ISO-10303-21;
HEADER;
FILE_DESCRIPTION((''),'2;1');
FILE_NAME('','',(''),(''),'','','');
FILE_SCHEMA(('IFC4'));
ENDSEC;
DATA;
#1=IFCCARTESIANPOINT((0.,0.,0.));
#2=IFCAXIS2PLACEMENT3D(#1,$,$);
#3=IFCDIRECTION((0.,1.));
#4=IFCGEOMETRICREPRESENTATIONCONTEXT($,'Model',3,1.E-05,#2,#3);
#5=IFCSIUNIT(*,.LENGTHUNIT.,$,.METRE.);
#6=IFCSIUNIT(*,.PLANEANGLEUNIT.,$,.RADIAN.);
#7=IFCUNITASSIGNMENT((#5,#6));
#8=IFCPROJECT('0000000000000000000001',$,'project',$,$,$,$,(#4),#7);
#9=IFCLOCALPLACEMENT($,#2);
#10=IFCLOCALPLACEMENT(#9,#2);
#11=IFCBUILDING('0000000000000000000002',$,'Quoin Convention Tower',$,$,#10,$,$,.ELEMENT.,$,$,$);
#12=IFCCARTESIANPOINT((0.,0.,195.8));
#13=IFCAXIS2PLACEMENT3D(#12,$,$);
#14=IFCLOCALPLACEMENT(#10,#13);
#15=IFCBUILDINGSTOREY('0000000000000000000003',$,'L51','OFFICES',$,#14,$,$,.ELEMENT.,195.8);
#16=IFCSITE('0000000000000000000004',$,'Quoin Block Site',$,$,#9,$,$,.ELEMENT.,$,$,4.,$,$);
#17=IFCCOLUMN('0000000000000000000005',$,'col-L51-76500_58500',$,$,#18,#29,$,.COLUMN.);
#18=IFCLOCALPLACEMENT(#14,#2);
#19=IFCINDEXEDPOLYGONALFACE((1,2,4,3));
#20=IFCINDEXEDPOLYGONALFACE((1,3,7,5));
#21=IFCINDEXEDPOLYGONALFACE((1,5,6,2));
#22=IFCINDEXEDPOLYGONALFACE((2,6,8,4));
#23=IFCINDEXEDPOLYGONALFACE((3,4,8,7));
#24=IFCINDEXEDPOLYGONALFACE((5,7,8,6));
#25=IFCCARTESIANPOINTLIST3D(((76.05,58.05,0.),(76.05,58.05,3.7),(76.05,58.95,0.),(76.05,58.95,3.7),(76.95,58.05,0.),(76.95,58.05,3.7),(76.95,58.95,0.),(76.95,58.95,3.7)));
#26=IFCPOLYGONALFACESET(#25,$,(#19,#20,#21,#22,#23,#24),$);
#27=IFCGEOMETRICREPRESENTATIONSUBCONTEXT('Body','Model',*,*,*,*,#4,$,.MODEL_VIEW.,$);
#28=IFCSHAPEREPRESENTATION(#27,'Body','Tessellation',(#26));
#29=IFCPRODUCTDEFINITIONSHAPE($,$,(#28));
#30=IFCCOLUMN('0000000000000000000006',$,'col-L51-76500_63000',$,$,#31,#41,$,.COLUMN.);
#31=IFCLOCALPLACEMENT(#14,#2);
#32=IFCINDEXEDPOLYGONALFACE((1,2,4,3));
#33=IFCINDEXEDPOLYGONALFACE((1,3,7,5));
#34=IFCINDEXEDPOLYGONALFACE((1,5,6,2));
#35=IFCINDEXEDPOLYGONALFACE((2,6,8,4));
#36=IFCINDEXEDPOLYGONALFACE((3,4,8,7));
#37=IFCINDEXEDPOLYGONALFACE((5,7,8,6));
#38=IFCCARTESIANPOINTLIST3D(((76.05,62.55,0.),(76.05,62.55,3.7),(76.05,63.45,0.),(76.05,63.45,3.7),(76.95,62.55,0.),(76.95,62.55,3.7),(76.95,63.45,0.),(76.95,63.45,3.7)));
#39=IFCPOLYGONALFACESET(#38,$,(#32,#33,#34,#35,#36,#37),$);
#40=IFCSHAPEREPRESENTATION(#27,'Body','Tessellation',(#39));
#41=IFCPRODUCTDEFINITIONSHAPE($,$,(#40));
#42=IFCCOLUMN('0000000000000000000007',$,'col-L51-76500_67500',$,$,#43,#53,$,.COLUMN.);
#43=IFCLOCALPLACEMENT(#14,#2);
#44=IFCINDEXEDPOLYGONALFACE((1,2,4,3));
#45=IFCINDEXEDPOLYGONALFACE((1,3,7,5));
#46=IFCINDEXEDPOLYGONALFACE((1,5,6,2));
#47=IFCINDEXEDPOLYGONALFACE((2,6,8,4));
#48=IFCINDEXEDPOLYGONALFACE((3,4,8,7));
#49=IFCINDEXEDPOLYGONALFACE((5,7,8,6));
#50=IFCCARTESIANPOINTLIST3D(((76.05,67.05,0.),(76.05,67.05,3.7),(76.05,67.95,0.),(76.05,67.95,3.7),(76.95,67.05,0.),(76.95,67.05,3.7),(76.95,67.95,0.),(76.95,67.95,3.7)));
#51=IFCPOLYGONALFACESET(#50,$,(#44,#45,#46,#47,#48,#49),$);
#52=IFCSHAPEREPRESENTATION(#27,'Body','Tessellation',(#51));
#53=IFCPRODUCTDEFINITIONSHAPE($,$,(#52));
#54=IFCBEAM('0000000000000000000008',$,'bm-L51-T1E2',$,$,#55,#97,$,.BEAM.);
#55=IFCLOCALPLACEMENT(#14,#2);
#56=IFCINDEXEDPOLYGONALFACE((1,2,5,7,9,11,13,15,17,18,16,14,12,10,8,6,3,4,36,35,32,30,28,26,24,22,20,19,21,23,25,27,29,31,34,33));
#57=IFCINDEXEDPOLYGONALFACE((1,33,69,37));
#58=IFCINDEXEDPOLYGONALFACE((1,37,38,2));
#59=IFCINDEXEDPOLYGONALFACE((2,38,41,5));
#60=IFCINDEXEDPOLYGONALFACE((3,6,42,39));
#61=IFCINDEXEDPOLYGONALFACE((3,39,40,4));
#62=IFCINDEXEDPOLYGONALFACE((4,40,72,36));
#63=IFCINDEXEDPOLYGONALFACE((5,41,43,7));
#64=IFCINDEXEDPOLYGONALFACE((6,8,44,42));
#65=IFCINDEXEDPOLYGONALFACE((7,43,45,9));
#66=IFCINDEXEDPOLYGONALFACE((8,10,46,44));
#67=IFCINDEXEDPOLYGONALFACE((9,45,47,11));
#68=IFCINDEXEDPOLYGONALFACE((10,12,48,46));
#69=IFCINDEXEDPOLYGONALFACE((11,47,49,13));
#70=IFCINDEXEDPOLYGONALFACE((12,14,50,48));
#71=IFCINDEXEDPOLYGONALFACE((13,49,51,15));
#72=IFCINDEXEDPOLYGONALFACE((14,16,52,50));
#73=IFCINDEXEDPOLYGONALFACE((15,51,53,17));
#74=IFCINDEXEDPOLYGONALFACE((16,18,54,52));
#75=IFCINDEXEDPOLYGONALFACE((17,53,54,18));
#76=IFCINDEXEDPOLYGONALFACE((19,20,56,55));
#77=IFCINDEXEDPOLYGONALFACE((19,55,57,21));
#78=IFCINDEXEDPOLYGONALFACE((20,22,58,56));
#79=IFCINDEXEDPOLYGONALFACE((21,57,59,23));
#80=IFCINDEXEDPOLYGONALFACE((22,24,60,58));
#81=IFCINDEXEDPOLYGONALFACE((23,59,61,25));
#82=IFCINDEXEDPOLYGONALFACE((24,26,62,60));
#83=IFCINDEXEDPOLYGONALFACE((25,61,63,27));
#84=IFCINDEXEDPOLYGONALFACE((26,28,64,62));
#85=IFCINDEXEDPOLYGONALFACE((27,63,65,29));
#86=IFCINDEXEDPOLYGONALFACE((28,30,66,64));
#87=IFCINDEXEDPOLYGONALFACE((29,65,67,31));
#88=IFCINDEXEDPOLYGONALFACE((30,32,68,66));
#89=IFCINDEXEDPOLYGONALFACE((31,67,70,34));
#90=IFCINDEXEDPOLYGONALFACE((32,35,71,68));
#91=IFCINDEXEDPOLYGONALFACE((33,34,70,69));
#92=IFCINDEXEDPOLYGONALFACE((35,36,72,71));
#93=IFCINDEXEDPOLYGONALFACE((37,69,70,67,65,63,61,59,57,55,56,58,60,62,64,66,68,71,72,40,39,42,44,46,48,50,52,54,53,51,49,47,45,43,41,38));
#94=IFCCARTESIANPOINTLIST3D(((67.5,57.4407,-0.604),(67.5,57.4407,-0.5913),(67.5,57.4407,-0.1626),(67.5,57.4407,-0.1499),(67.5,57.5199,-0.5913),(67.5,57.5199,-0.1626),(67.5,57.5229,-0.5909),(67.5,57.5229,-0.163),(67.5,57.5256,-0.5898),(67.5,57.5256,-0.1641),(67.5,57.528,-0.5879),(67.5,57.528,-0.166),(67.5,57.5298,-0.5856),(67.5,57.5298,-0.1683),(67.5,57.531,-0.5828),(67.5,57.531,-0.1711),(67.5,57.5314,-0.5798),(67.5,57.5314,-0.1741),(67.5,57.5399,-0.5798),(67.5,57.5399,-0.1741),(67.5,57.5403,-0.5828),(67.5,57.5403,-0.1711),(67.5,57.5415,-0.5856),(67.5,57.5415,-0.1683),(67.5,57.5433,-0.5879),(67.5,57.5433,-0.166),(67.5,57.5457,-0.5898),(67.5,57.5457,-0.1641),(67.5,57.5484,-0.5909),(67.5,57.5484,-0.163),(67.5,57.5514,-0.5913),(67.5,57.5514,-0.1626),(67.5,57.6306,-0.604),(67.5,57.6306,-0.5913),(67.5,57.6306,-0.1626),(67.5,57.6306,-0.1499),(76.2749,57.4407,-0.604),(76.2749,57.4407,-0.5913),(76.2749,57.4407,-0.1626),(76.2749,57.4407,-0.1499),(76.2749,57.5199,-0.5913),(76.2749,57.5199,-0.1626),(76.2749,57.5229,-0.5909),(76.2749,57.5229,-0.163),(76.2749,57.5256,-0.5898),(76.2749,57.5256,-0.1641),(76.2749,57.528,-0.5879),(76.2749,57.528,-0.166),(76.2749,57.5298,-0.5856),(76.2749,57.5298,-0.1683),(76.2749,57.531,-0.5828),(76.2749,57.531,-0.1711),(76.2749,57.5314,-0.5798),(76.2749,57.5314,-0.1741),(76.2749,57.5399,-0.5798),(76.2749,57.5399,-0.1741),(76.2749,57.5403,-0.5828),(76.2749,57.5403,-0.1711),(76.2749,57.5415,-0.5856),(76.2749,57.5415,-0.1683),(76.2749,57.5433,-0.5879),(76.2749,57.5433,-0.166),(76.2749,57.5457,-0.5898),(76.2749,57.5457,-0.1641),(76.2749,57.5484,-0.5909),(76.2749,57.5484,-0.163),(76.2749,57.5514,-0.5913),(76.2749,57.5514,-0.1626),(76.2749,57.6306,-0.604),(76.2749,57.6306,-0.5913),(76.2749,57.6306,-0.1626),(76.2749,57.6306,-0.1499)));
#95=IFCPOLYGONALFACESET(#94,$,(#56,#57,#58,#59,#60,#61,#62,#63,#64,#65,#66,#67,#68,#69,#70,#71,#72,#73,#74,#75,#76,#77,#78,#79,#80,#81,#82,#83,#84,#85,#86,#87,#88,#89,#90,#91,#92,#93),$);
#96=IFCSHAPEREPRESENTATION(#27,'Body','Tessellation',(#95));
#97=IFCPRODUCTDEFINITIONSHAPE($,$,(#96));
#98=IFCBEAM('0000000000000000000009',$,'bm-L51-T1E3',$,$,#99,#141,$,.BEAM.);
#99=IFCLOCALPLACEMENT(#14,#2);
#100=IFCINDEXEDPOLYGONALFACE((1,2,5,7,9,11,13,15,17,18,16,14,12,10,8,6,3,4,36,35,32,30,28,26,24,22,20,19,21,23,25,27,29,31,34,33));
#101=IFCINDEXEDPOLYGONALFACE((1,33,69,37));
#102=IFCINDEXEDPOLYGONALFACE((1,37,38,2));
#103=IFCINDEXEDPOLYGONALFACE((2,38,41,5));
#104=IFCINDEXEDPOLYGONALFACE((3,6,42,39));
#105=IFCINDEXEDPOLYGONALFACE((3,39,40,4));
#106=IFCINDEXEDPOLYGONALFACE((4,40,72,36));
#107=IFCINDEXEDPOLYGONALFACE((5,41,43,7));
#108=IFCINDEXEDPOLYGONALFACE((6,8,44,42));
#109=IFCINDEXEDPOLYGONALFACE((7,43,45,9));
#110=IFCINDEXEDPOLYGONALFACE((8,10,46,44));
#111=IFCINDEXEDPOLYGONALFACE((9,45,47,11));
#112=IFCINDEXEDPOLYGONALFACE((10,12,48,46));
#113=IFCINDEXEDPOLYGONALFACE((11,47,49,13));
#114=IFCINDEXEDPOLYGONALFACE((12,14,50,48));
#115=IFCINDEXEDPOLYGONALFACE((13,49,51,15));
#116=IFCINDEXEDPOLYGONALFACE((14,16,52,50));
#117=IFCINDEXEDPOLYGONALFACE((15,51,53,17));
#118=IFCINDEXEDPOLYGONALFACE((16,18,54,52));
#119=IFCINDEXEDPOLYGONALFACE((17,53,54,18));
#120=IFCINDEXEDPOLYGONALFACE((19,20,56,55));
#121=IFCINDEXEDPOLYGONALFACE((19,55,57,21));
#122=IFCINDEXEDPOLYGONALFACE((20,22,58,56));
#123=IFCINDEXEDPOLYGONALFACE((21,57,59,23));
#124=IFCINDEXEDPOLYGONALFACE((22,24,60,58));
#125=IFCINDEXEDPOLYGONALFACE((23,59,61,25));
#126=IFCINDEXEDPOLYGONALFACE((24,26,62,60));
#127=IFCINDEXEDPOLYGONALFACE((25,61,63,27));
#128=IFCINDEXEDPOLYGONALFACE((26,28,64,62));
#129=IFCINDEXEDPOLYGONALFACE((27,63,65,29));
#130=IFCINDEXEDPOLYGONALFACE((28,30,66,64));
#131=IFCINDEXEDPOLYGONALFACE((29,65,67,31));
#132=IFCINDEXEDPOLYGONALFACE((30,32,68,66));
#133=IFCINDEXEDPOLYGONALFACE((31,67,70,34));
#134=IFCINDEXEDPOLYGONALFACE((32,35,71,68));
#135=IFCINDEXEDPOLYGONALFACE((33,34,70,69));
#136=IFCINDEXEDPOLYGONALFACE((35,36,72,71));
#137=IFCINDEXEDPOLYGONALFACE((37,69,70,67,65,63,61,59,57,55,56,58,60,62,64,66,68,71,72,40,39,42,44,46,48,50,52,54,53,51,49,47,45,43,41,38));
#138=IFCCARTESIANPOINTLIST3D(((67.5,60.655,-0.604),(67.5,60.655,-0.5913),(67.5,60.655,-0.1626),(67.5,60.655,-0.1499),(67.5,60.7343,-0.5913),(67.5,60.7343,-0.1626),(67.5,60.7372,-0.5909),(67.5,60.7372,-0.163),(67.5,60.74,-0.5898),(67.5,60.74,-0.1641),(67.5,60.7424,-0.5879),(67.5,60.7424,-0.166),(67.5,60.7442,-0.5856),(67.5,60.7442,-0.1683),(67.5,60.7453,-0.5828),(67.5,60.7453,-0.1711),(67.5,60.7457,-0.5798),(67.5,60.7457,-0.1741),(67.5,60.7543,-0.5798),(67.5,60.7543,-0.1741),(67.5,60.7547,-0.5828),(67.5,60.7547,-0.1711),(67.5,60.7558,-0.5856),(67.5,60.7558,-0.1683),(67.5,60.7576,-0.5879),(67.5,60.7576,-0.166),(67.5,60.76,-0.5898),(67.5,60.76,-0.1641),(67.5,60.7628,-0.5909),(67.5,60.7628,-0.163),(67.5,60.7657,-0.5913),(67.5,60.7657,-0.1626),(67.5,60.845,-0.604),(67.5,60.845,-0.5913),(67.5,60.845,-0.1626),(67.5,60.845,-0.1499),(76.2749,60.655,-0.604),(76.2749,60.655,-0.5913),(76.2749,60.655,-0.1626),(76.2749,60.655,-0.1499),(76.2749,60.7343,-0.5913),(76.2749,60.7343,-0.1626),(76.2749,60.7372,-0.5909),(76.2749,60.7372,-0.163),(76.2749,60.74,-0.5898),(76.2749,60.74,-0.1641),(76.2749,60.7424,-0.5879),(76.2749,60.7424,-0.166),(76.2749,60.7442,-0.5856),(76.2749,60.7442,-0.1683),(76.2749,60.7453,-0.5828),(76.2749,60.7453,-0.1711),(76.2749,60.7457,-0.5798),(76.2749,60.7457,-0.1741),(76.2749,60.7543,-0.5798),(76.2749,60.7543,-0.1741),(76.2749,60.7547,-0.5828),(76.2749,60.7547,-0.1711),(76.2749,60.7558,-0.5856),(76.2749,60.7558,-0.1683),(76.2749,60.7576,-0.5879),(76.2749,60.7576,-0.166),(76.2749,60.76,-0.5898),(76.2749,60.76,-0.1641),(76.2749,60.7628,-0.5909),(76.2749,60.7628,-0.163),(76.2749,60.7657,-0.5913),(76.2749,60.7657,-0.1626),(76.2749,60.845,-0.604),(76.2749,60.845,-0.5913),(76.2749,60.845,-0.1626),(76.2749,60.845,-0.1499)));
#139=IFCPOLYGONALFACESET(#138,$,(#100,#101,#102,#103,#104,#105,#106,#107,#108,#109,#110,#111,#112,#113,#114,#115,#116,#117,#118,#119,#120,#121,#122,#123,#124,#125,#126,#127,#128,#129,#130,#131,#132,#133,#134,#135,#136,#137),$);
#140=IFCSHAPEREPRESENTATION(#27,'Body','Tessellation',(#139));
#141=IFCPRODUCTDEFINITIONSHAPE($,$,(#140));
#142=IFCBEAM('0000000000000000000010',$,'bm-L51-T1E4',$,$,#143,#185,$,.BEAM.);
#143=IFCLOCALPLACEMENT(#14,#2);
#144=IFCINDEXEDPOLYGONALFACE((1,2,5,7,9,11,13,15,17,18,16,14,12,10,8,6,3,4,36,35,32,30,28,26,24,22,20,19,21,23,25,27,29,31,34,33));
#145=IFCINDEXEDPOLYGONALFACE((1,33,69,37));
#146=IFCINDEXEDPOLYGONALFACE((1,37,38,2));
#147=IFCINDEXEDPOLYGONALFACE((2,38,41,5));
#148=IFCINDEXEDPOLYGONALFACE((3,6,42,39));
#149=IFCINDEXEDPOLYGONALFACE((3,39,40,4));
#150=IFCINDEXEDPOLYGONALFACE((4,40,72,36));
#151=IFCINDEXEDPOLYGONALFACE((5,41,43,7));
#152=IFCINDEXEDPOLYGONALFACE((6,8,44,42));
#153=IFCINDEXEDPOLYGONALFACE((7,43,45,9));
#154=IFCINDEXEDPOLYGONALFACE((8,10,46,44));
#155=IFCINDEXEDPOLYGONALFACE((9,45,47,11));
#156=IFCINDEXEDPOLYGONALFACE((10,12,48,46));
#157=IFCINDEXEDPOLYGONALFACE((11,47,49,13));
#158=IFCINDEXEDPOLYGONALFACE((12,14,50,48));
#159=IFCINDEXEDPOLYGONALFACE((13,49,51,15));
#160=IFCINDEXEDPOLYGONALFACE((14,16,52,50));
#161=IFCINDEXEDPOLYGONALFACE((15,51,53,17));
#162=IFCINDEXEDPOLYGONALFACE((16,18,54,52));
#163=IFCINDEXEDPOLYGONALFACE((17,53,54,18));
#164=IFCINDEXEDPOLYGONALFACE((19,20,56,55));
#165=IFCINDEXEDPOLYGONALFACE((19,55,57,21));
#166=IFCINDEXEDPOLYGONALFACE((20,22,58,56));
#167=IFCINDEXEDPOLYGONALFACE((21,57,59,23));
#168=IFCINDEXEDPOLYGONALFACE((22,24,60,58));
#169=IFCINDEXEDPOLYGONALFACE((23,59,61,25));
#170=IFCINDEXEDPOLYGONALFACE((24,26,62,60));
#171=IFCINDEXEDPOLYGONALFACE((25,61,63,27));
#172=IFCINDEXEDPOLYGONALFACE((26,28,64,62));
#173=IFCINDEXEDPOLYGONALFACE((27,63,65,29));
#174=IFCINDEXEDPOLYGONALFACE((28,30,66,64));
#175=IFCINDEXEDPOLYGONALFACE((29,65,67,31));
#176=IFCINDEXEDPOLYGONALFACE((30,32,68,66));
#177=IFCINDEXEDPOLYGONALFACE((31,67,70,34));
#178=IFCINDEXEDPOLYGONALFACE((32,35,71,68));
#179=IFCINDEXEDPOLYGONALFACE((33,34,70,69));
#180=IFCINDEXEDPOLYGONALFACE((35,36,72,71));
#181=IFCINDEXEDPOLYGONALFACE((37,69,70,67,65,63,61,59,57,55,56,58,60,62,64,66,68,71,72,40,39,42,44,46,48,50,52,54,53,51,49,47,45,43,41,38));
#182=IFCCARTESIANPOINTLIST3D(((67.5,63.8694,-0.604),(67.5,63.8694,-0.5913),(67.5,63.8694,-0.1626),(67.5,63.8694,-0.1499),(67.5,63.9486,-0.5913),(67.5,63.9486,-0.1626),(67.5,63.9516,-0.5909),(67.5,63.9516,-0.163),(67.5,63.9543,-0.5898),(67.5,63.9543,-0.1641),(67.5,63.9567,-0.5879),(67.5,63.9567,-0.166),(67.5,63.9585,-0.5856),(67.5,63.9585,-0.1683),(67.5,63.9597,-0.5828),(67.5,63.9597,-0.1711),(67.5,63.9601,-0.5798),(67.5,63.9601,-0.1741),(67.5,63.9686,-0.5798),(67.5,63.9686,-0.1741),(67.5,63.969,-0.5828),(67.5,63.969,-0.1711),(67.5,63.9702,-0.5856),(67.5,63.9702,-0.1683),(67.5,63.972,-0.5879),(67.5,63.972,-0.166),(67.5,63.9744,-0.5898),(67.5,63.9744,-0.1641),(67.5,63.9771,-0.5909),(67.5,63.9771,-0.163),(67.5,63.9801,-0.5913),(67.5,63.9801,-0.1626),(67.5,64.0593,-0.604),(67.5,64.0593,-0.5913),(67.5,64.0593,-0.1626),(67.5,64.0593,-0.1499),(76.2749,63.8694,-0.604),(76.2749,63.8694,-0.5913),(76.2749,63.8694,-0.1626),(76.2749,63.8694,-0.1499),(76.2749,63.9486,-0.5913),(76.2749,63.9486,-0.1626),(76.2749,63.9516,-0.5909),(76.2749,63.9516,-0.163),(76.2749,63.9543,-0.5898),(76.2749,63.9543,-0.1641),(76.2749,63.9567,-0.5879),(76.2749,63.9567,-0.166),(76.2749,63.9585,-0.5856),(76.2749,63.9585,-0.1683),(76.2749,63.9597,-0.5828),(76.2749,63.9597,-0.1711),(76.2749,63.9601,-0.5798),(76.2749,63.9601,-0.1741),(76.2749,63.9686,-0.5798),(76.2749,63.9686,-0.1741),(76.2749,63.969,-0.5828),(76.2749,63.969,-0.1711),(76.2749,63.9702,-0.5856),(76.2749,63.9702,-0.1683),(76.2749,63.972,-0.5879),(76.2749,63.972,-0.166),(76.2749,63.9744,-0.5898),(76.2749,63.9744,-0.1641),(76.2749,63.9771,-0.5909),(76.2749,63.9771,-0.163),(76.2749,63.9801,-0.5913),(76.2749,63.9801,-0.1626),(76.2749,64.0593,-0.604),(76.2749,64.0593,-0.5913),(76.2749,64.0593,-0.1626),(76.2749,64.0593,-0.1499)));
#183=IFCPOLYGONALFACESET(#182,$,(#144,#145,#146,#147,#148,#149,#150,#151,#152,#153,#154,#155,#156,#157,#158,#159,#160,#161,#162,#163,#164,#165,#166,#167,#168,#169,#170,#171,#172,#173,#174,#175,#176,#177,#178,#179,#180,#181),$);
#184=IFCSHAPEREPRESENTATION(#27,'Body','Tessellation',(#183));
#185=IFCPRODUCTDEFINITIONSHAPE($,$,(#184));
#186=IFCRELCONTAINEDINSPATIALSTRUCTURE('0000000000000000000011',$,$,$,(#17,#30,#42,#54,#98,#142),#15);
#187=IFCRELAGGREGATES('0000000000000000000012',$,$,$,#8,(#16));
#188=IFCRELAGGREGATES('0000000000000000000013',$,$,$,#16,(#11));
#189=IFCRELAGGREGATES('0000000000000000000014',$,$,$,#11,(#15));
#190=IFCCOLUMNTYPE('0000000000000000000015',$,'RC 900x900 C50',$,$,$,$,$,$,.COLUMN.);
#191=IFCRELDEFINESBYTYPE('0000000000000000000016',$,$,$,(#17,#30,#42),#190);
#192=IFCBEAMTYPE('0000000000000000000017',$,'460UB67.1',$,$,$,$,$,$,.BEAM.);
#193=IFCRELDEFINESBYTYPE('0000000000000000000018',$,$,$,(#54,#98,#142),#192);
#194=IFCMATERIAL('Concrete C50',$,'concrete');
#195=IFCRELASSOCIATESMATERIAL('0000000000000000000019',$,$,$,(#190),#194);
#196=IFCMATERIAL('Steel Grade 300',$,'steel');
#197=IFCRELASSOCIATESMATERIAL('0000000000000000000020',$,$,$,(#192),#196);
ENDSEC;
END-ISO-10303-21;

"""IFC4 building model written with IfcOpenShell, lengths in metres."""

from ifc_helpers import new_model, si_unit, direction, frame, origin, origin_2d, place, context, subcontext, project, spatial, rectangle, i_section, extrude, material, material_profile, profile_set, type_object, element, save


model = new_model("IFC4")

# Units and contexts
model_context = context("Model", 3, precision=1e-05, world=origin(), true_north=direction((0.0, 1.0)))
body_context = subcontext(model_context, "Body", "Model", "MODEL_VIEW")
ifc_project = project(units=[si_unit("LENGTHUNIT", "METRE"), si_unit("PLANEANGLEUNIT", "RADIAN")], contexts=[model_context])

# Site, building, storey
site_placement = place(None, origin())
site = spatial("IfcSite", under=ifc_project, at=site_placement, Name="Quoin Block Site", CompositionType="ELEMENT", RefElevation=4.0)
building_placement = place(site_placement, origin())
building = spatial("IfcBuilding", under=site, at=building_placement, Name="Quoin Convention Tower", CompositionType="ELEMENT")
storey_placement = place(building_placement, frame((0.0, 0.0, 195.8)))
storey = spatial("IfcBuildingStorey", under=building, at=storey_placement, Name="L51", Description="OFFICES", CompositionType="ELEMENT", Elevation=195.8)

# Columns
ifc_material_1 = material(Name="Concrete C50", Category="concrete")
ifc_material_profile_1 = material_profile(ifc_material_1, rectangle(XDim=0.8999, YDim=0.8999, at=origin_2d()), Name="RC 900x900")
ifc_profile_set_1 = profile_set([ifc_material_profile_1], Name="Concrete C50")
column_type = type_object("IfcColumnType", Name="RC 900x900 C50", PredefinedType="COLUMN", material=ifc_profile_set_1)
for number, where, z_axis, x_axis, name in (
    (1, (76.5, 58.5, 0.0), (0.0, 0.0, 1.0), (1.0, 0.0, 0.0), "col-L51-76500_58500"),
    (2, (76.5, 63.0, 0.0), (0.0, 0.0, 1.0), (1.0, 0.0, 0.0), "col-L51-76500_63000"),
    (3, (76.5, 67.5, 0.0), (0.0, 0.0, 1.0), (1.0, 0.0, 0.0), "col-L51-76500_67500"),
):
    element("IfcColumn", number, at=place(storey_placement, frame(where, z_axis=z_axis, x_axis=x_axis)), inside=storey, type_object=column_type, Name=name, PredefinedType="COLUMN", context=body_context, shape_type="SweptSolid", body=[
        extrude(rectangle(XDim=0.8999, YDim=0.8999, at=origin_2d()), origin(), (0.0, 0.0, 1.0), 3.7),
    ])

# Beams
ifc_material_2 = material(Name="Steel Grade 300", Category="steel")
ifc_material_profile_2 = material_profile(ifc_material_2, i_section(OverallWidth=0.1899, OverallDepth=0.4541, WebThickness=0.0085, FlangeThickness=0.0127, FilletRadius=0.0115, at=origin_2d()), Name="460UB67.1")
ifc_profile_set_2 = profile_set([ifc_material_profile_2], Name="Steel Grade 300")
beam_type_1 = type_object("IfcBeamType", Name="460UB67.1", PredefinedType="BEAM", material=ifc_profile_set_2)
for number, where, z_axis, x_axis, name in (
    (4, (67.5, 57.5356, -0.377), (1.0, 0.0, 0.0), (0.0, 1.0, 0.0), "bm-L51-T1E2"),
    (5, (67.5, 60.75, -0.377), (1.0, 0.0, 0.0), (0.0, 1.0, 0.0), "bm-L51-T1E3"),
    (6, (67.5, 63.9644, -0.377), (1.0, 0.0, 0.0), (0.0, 1.0, 0.0), "bm-L51-T1E4"),
):
    element("IfcBeam", number, at=place(storey_placement, frame(where, z_axis=z_axis, x_axis=x_axis)), inside=storey, type_object=beam_type_1, Name=name, PredefinedType="BEAM", context=body_context, shape_type="SweptSolid", body=[
        extrude(i_section(OverallWidth=0.1899, OverallDepth=0.4541, WebThickness=0.0085, FlangeThickness=0.0127, FilletRadius=0.0115, at=origin_2d()), origin(), (0.0, 0.0, 1.0), 8.7749),
    ])

save(model, "model.ifc")
